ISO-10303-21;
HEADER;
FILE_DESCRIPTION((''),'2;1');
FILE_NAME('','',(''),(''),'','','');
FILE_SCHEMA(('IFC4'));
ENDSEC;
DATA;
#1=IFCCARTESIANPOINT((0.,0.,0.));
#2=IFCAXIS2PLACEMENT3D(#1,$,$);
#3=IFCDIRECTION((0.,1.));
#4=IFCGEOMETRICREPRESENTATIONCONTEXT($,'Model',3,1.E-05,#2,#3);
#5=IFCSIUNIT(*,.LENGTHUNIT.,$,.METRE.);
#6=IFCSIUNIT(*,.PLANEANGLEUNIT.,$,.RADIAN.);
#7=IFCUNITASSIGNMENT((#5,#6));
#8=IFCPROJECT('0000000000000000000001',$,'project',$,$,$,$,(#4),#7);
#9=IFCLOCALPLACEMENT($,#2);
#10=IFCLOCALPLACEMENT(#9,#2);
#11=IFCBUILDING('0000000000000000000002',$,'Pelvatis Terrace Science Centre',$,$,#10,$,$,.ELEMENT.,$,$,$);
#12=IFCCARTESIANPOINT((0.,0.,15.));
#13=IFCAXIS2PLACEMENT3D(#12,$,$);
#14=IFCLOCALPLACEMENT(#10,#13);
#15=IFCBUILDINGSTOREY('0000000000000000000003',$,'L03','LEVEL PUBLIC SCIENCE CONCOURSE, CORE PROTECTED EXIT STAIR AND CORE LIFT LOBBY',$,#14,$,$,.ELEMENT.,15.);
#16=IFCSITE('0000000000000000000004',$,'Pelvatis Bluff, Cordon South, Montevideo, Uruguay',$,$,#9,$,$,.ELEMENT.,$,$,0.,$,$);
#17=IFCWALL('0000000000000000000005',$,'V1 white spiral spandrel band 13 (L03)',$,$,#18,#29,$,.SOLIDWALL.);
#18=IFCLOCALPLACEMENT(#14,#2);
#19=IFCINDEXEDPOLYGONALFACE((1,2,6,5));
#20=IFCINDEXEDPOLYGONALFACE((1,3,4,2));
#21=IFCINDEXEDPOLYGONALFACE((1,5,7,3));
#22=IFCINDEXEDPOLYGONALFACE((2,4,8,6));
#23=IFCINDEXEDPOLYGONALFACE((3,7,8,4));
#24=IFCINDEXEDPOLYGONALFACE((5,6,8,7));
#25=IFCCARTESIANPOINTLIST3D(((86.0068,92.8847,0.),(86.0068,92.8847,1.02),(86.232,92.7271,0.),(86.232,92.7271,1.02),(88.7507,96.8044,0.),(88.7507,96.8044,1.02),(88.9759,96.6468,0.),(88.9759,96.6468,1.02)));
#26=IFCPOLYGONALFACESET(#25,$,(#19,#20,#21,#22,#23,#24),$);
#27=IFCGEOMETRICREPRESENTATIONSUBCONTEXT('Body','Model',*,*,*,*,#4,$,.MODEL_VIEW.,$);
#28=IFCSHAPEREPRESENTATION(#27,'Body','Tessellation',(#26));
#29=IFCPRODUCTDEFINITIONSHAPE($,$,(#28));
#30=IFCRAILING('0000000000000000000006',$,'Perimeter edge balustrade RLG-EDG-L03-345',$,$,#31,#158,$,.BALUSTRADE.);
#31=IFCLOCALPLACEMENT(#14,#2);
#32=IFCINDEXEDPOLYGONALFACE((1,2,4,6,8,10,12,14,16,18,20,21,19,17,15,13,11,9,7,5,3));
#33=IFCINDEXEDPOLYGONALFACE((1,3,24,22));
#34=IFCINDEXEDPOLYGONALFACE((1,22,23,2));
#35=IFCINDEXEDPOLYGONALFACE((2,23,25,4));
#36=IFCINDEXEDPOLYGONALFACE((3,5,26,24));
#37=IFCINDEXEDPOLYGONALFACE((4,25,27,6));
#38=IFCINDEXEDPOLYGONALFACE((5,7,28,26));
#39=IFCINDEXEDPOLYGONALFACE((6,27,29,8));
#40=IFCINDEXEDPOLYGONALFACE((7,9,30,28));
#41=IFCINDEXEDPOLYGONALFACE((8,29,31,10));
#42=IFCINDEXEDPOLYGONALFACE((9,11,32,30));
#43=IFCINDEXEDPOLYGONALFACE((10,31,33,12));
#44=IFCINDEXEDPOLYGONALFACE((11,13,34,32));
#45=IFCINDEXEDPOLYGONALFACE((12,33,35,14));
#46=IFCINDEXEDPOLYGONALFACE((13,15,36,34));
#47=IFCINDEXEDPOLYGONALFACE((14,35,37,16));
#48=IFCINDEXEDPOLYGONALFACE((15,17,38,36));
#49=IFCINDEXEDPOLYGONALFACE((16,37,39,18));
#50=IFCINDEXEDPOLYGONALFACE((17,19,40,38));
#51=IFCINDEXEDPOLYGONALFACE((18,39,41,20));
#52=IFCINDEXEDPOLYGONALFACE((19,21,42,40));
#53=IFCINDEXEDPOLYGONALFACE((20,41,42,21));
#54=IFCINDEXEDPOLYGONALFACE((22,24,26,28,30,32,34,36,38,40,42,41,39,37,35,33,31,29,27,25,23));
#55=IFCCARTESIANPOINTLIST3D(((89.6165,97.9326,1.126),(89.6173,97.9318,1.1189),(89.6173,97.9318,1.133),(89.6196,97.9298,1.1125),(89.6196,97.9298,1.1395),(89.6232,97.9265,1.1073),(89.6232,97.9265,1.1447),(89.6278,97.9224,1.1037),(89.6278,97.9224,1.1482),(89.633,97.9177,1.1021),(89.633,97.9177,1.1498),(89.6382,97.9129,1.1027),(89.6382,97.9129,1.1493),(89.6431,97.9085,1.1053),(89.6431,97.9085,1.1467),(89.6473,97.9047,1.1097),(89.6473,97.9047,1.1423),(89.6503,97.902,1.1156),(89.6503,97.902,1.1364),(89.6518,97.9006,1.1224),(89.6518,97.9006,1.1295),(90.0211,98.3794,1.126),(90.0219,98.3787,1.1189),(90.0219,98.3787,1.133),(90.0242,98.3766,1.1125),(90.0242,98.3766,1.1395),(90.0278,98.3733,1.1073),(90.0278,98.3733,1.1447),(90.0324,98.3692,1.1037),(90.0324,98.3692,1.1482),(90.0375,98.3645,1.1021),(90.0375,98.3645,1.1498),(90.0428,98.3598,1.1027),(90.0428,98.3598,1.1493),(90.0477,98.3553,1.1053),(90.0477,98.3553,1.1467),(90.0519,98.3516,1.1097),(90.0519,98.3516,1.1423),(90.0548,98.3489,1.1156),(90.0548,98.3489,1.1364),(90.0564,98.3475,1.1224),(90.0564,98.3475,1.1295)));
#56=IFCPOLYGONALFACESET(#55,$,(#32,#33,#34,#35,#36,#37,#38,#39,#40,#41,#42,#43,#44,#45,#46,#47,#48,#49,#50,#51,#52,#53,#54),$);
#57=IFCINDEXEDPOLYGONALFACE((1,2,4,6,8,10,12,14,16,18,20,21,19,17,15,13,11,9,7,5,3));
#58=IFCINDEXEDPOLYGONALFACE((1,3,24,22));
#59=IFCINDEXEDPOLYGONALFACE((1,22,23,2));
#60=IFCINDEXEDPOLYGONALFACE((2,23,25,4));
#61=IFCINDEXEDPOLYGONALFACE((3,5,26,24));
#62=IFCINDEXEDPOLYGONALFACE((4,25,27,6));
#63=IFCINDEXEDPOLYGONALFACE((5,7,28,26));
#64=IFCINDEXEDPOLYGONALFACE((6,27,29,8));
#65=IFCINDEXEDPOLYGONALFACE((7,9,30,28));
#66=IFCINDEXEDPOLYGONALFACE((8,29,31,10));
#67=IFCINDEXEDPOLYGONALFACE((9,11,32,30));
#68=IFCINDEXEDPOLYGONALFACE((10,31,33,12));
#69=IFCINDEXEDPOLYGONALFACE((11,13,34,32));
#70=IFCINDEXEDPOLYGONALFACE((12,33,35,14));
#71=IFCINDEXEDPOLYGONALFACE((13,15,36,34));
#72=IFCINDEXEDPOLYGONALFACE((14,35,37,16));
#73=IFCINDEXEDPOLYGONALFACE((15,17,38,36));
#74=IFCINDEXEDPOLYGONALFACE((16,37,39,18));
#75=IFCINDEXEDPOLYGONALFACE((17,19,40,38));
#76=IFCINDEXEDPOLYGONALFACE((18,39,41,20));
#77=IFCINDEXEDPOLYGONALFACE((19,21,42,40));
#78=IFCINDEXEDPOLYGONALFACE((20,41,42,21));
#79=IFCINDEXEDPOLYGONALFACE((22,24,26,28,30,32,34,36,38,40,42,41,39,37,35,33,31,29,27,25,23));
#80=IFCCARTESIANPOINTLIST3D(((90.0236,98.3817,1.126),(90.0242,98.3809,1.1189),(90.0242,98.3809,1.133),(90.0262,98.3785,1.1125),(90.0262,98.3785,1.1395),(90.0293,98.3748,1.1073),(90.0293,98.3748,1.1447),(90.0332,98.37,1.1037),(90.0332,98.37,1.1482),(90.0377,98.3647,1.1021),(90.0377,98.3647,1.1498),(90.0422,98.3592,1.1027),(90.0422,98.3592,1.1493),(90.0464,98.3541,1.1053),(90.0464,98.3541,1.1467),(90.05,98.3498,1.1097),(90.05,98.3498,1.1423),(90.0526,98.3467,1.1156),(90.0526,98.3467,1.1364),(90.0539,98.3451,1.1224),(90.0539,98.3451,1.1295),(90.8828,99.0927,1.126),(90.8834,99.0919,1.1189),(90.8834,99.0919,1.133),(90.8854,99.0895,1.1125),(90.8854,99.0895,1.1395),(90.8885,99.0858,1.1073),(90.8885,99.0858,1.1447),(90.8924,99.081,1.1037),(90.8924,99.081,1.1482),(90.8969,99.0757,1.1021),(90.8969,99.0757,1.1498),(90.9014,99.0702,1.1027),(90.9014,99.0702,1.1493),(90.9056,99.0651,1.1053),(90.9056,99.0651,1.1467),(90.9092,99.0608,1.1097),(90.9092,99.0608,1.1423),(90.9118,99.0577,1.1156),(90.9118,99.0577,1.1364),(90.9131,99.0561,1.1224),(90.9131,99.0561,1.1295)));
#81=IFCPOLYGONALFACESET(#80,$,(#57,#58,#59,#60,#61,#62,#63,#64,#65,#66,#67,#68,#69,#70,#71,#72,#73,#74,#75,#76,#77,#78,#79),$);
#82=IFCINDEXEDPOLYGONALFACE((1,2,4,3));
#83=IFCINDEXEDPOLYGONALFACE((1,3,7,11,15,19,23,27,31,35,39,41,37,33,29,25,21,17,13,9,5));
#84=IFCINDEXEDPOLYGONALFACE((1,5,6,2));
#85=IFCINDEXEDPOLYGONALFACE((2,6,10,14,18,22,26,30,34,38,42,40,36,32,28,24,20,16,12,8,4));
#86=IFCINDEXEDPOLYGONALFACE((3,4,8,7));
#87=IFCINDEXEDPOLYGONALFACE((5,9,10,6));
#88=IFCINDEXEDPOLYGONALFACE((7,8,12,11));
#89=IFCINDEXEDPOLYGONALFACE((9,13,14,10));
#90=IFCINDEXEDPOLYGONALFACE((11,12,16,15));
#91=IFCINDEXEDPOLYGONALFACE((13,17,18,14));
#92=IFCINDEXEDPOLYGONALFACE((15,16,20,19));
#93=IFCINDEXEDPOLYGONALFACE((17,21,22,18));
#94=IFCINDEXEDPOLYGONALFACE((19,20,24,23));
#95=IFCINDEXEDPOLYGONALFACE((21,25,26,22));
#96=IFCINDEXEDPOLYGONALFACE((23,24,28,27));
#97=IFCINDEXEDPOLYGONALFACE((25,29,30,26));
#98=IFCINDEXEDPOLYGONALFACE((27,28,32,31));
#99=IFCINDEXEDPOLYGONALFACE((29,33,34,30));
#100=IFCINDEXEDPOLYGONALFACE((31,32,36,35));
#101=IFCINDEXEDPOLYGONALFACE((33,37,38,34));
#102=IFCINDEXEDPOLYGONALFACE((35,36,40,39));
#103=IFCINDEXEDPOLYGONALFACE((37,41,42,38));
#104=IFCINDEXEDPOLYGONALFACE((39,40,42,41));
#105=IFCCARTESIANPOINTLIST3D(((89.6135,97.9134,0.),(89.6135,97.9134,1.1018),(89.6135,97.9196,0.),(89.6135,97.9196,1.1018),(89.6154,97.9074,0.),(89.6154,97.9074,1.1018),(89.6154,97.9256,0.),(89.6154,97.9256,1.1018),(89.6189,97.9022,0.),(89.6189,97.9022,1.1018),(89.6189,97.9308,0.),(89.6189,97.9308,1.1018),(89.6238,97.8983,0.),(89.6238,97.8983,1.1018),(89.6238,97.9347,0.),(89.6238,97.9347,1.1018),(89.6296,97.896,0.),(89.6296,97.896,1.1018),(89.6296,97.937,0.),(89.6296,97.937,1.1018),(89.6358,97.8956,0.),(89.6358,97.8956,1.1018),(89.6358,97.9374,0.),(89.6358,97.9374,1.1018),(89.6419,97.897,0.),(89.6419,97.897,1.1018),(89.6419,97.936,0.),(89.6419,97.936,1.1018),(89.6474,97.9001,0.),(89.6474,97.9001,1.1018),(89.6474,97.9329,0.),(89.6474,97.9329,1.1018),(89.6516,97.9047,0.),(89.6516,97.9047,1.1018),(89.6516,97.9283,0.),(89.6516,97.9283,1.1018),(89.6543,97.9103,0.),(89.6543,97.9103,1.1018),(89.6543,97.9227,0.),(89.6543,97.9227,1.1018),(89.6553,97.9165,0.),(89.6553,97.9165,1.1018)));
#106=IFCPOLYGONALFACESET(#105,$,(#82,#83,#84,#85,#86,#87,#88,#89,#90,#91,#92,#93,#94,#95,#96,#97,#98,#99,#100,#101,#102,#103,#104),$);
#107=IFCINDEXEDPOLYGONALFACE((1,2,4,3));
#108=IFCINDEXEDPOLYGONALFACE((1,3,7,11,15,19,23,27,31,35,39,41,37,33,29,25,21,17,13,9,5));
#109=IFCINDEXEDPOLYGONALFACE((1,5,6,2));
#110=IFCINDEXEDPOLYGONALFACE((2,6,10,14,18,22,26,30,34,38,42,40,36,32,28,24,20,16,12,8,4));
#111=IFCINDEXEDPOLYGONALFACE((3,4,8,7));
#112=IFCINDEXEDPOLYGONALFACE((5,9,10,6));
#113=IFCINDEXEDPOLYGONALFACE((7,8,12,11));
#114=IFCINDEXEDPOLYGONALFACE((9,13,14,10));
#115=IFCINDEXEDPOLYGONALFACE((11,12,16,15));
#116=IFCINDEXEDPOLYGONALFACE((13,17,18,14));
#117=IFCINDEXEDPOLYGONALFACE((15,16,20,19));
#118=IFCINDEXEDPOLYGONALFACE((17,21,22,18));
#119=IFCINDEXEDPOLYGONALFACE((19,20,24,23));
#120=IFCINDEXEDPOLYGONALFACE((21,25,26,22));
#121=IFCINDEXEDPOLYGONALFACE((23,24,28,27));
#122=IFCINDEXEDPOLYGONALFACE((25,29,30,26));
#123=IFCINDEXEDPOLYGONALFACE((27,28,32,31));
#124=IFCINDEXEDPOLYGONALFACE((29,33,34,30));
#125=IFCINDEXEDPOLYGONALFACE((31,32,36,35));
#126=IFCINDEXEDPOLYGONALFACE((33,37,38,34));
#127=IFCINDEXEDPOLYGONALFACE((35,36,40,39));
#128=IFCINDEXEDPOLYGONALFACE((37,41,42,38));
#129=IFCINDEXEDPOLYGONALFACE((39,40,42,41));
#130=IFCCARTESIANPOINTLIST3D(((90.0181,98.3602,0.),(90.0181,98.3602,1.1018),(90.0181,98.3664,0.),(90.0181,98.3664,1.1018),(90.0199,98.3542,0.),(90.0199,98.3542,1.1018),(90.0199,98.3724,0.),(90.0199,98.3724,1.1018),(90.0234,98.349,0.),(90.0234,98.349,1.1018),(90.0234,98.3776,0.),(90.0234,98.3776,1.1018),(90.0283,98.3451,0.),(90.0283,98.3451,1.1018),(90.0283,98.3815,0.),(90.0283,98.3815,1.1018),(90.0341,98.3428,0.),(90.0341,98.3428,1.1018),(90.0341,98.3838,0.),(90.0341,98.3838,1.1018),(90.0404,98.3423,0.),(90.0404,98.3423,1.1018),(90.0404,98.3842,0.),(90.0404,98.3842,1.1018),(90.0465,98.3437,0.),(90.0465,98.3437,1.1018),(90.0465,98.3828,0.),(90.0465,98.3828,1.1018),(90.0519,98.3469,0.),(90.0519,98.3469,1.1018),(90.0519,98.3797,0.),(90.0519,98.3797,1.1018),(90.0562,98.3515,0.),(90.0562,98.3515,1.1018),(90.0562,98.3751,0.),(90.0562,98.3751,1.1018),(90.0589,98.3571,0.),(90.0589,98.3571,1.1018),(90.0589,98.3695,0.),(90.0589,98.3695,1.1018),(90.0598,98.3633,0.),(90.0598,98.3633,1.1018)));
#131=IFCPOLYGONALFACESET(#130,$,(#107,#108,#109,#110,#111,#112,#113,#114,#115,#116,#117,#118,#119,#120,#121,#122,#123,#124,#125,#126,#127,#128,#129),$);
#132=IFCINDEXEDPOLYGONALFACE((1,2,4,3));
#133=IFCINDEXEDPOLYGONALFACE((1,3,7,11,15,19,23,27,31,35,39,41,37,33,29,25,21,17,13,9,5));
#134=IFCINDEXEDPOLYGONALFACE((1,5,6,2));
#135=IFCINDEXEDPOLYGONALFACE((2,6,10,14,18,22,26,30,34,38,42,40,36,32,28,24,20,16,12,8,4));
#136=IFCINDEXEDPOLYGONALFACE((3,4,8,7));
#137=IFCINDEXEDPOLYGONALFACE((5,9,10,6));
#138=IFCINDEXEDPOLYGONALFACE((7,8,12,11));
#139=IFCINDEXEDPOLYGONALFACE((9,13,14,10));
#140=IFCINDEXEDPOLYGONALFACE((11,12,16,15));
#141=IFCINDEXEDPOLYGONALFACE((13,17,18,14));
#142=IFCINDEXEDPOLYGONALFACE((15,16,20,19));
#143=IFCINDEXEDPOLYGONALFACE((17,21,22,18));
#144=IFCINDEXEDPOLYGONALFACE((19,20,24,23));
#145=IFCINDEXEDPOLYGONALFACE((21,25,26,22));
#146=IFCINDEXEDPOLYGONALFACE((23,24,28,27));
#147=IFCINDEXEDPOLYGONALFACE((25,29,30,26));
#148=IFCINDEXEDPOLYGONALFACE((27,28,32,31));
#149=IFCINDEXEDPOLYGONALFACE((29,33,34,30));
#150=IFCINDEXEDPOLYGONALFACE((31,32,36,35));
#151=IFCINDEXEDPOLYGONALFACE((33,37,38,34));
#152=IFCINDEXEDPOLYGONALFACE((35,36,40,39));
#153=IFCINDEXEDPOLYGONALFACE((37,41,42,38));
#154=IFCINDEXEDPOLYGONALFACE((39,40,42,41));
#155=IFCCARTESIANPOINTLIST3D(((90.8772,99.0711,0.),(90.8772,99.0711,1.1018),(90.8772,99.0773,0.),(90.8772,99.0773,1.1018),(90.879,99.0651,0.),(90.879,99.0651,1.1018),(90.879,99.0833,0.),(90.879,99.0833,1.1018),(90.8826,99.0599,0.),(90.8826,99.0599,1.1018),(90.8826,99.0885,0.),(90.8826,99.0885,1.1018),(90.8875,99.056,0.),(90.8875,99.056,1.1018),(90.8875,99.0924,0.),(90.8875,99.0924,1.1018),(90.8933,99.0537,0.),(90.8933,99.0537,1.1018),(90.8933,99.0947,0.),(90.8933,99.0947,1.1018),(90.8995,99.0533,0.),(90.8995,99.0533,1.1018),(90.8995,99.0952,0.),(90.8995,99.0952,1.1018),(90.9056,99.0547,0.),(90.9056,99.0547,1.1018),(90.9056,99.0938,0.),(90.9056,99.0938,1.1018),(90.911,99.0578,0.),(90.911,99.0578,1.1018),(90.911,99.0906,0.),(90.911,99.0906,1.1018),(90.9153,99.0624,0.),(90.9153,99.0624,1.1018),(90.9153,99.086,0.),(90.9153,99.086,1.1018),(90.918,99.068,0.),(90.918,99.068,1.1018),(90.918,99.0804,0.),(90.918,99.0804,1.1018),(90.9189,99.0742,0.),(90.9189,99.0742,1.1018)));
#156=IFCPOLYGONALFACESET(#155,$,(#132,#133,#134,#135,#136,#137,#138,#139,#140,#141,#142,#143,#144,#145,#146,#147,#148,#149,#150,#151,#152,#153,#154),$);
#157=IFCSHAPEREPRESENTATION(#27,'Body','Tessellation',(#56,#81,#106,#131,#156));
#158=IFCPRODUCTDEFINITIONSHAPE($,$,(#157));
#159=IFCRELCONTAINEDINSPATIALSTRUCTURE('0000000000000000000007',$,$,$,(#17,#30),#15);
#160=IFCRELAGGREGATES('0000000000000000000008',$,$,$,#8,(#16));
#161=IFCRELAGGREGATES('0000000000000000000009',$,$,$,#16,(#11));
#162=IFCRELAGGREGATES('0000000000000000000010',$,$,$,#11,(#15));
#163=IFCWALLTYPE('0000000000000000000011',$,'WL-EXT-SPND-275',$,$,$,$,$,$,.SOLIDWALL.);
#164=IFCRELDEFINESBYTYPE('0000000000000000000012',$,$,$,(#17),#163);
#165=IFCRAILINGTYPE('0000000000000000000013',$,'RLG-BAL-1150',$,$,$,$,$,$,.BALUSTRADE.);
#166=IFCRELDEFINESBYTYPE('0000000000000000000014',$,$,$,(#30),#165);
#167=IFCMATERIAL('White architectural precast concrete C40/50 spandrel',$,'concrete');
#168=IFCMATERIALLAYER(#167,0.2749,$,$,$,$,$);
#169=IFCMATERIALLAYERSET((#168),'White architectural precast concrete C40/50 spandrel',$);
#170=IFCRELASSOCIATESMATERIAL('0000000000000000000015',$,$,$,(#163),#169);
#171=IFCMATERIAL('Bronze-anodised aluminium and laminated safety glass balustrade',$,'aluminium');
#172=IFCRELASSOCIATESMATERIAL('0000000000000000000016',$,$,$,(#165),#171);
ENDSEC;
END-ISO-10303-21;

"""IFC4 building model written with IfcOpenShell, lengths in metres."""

from ifc_helpers import new_model, si_unit, direction, frame, frame_2d, origin, origin_2d, place, context, subcontext, project, spatial, rectangle, circle, extrude, material, layer, layer_set, type_object, element, save


model = new_model("IFC4")

# Units and contexts
model_context = context("Model", 3, precision=1e-05, world=origin(), true_north=direction((0.0, 1.0)))
body_context = subcontext(model_context, "Body", "Model", "MODEL_VIEW")
ifc_project = project(units=[si_unit("LENGTHUNIT", "METRE"), si_unit("PLANEANGLEUNIT", "RADIAN")], contexts=[model_context])

# Site, building, storey
site_placement = place(None, origin())
site = spatial("IfcSite", under=ifc_project, at=site_placement, Name="Pelvatis Bluff, Cordon South, Montevideo, Uruguay", CompositionType="ELEMENT", RefElevation=0.0)
building_placement = place(site_placement, origin())
building = spatial("IfcBuilding", under=site, at=building_placement, Name="Pelvatis Terrace Science Centre", CompositionType="ELEMENT")
storey_placement = place(building_placement, frame((0.0, 0.0, 15.0)))
storey = spatial("IfcBuildingStorey", under=building, at=storey_placement, Name="L03", Description="LEVEL PUBLIC SCIENCE CONCOURSE, CORE PROTECTED EXIT STAIR AND CORE LIFT LOBBY", CompositionType="ELEMENT", Elevation=15.0)

# Wall
ifc_material_1 = material(Name="White architectural precast concrete C40/50 spandrel", Category="concrete")
ifc_layer_1 = layer(ifc_material_1, 0.2749)
ifc_layer_set_1 = layer_set([ifc_layer_1], Name="White architectural precast concrete C40/50 spandrel")
wall_type = type_object("IfcWallType", Name="WL-EXT-SPND-275", PredefinedType="SOLIDWALL", material=ifc_layer_set_1)
wall_placement = place(storey_placement, frame((88.8633, 96.7256, 0.0), z_axis=(0.0, 0.0, 1.0), x_axis=(-0.573479, -0.81922, 0.0)))
element("IfcWall", 1, at=wall_placement, inside=storey, type_object=wall_type, Name="V1 white spiral spandrel band 13 (L03)", PredefinedType="SOLIDWALL", context=body_context, shape_type="SweptSolid", body=[
    extrude(rectangle(XDim=4.7847, YDim=0.2749, at=frame_2d((2.3923, 0.0))), origin(), (0.0, 0.0, 1.0), 1.02),
])

# Railing
ifc_material_2 = material(Name="Bronze-anodised aluminium and laminated safety glass balustrade", Category="aluminium")
railing_type = type_object("IfcRailingType", Name="RLG-BAL-1150", PredefinedType="BALUSTRADE", material=ifc_material_2)
railing_placement = place(storey_placement, frame((89.6343, 97.9165, 0.0)))
element("IfcRailing", 2, at=railing_placement, inside=storey, type_object=railing_type, Name="Perimeter edge balustrade RLG-EDG-L03-345", PredefinedType="BALUSTRADE", context=body_context, shape_type="SweptSolid", body=[
    extrude(circle(Radius=0.0239, at=origin_2d()), frame((0.0, 0.0, 1.126), z_axis=(0.6712, 0.741277, 0.0), x_axis=(-0.741277, 0.6712, 0.0)), (0.0, 0.0, 1.0), 0.6028),
    extrude(circle(Radius=0.0239, at=origin_2d()), frame((0.4045, 0.4468, 1.126), z_axis=(0.770424, 0.637532, 0.0), x_axis=(-0.637532, 0.770424, 0.0)), (0.0, 0.0, 1.0), 1.1152),
    extrude(circle(Radius=0.021, at=origin_2d()), origin(), (0.0, 0.0, 1.0), 1.1018),
    extrude(circle(Radius=0.021, at=origin_2d()), frame((0.4045, 0.4468, 0.0)), (0.0, 0.0, 1.0), 1.1018),
    extrude(circle(Radius=0.021, at=origin_2d()), frame((1.2637, 1.1577, 0.0)), (0.0, 0.0, 1.0), 1.1018),
])

save(model, "model.ifc")
